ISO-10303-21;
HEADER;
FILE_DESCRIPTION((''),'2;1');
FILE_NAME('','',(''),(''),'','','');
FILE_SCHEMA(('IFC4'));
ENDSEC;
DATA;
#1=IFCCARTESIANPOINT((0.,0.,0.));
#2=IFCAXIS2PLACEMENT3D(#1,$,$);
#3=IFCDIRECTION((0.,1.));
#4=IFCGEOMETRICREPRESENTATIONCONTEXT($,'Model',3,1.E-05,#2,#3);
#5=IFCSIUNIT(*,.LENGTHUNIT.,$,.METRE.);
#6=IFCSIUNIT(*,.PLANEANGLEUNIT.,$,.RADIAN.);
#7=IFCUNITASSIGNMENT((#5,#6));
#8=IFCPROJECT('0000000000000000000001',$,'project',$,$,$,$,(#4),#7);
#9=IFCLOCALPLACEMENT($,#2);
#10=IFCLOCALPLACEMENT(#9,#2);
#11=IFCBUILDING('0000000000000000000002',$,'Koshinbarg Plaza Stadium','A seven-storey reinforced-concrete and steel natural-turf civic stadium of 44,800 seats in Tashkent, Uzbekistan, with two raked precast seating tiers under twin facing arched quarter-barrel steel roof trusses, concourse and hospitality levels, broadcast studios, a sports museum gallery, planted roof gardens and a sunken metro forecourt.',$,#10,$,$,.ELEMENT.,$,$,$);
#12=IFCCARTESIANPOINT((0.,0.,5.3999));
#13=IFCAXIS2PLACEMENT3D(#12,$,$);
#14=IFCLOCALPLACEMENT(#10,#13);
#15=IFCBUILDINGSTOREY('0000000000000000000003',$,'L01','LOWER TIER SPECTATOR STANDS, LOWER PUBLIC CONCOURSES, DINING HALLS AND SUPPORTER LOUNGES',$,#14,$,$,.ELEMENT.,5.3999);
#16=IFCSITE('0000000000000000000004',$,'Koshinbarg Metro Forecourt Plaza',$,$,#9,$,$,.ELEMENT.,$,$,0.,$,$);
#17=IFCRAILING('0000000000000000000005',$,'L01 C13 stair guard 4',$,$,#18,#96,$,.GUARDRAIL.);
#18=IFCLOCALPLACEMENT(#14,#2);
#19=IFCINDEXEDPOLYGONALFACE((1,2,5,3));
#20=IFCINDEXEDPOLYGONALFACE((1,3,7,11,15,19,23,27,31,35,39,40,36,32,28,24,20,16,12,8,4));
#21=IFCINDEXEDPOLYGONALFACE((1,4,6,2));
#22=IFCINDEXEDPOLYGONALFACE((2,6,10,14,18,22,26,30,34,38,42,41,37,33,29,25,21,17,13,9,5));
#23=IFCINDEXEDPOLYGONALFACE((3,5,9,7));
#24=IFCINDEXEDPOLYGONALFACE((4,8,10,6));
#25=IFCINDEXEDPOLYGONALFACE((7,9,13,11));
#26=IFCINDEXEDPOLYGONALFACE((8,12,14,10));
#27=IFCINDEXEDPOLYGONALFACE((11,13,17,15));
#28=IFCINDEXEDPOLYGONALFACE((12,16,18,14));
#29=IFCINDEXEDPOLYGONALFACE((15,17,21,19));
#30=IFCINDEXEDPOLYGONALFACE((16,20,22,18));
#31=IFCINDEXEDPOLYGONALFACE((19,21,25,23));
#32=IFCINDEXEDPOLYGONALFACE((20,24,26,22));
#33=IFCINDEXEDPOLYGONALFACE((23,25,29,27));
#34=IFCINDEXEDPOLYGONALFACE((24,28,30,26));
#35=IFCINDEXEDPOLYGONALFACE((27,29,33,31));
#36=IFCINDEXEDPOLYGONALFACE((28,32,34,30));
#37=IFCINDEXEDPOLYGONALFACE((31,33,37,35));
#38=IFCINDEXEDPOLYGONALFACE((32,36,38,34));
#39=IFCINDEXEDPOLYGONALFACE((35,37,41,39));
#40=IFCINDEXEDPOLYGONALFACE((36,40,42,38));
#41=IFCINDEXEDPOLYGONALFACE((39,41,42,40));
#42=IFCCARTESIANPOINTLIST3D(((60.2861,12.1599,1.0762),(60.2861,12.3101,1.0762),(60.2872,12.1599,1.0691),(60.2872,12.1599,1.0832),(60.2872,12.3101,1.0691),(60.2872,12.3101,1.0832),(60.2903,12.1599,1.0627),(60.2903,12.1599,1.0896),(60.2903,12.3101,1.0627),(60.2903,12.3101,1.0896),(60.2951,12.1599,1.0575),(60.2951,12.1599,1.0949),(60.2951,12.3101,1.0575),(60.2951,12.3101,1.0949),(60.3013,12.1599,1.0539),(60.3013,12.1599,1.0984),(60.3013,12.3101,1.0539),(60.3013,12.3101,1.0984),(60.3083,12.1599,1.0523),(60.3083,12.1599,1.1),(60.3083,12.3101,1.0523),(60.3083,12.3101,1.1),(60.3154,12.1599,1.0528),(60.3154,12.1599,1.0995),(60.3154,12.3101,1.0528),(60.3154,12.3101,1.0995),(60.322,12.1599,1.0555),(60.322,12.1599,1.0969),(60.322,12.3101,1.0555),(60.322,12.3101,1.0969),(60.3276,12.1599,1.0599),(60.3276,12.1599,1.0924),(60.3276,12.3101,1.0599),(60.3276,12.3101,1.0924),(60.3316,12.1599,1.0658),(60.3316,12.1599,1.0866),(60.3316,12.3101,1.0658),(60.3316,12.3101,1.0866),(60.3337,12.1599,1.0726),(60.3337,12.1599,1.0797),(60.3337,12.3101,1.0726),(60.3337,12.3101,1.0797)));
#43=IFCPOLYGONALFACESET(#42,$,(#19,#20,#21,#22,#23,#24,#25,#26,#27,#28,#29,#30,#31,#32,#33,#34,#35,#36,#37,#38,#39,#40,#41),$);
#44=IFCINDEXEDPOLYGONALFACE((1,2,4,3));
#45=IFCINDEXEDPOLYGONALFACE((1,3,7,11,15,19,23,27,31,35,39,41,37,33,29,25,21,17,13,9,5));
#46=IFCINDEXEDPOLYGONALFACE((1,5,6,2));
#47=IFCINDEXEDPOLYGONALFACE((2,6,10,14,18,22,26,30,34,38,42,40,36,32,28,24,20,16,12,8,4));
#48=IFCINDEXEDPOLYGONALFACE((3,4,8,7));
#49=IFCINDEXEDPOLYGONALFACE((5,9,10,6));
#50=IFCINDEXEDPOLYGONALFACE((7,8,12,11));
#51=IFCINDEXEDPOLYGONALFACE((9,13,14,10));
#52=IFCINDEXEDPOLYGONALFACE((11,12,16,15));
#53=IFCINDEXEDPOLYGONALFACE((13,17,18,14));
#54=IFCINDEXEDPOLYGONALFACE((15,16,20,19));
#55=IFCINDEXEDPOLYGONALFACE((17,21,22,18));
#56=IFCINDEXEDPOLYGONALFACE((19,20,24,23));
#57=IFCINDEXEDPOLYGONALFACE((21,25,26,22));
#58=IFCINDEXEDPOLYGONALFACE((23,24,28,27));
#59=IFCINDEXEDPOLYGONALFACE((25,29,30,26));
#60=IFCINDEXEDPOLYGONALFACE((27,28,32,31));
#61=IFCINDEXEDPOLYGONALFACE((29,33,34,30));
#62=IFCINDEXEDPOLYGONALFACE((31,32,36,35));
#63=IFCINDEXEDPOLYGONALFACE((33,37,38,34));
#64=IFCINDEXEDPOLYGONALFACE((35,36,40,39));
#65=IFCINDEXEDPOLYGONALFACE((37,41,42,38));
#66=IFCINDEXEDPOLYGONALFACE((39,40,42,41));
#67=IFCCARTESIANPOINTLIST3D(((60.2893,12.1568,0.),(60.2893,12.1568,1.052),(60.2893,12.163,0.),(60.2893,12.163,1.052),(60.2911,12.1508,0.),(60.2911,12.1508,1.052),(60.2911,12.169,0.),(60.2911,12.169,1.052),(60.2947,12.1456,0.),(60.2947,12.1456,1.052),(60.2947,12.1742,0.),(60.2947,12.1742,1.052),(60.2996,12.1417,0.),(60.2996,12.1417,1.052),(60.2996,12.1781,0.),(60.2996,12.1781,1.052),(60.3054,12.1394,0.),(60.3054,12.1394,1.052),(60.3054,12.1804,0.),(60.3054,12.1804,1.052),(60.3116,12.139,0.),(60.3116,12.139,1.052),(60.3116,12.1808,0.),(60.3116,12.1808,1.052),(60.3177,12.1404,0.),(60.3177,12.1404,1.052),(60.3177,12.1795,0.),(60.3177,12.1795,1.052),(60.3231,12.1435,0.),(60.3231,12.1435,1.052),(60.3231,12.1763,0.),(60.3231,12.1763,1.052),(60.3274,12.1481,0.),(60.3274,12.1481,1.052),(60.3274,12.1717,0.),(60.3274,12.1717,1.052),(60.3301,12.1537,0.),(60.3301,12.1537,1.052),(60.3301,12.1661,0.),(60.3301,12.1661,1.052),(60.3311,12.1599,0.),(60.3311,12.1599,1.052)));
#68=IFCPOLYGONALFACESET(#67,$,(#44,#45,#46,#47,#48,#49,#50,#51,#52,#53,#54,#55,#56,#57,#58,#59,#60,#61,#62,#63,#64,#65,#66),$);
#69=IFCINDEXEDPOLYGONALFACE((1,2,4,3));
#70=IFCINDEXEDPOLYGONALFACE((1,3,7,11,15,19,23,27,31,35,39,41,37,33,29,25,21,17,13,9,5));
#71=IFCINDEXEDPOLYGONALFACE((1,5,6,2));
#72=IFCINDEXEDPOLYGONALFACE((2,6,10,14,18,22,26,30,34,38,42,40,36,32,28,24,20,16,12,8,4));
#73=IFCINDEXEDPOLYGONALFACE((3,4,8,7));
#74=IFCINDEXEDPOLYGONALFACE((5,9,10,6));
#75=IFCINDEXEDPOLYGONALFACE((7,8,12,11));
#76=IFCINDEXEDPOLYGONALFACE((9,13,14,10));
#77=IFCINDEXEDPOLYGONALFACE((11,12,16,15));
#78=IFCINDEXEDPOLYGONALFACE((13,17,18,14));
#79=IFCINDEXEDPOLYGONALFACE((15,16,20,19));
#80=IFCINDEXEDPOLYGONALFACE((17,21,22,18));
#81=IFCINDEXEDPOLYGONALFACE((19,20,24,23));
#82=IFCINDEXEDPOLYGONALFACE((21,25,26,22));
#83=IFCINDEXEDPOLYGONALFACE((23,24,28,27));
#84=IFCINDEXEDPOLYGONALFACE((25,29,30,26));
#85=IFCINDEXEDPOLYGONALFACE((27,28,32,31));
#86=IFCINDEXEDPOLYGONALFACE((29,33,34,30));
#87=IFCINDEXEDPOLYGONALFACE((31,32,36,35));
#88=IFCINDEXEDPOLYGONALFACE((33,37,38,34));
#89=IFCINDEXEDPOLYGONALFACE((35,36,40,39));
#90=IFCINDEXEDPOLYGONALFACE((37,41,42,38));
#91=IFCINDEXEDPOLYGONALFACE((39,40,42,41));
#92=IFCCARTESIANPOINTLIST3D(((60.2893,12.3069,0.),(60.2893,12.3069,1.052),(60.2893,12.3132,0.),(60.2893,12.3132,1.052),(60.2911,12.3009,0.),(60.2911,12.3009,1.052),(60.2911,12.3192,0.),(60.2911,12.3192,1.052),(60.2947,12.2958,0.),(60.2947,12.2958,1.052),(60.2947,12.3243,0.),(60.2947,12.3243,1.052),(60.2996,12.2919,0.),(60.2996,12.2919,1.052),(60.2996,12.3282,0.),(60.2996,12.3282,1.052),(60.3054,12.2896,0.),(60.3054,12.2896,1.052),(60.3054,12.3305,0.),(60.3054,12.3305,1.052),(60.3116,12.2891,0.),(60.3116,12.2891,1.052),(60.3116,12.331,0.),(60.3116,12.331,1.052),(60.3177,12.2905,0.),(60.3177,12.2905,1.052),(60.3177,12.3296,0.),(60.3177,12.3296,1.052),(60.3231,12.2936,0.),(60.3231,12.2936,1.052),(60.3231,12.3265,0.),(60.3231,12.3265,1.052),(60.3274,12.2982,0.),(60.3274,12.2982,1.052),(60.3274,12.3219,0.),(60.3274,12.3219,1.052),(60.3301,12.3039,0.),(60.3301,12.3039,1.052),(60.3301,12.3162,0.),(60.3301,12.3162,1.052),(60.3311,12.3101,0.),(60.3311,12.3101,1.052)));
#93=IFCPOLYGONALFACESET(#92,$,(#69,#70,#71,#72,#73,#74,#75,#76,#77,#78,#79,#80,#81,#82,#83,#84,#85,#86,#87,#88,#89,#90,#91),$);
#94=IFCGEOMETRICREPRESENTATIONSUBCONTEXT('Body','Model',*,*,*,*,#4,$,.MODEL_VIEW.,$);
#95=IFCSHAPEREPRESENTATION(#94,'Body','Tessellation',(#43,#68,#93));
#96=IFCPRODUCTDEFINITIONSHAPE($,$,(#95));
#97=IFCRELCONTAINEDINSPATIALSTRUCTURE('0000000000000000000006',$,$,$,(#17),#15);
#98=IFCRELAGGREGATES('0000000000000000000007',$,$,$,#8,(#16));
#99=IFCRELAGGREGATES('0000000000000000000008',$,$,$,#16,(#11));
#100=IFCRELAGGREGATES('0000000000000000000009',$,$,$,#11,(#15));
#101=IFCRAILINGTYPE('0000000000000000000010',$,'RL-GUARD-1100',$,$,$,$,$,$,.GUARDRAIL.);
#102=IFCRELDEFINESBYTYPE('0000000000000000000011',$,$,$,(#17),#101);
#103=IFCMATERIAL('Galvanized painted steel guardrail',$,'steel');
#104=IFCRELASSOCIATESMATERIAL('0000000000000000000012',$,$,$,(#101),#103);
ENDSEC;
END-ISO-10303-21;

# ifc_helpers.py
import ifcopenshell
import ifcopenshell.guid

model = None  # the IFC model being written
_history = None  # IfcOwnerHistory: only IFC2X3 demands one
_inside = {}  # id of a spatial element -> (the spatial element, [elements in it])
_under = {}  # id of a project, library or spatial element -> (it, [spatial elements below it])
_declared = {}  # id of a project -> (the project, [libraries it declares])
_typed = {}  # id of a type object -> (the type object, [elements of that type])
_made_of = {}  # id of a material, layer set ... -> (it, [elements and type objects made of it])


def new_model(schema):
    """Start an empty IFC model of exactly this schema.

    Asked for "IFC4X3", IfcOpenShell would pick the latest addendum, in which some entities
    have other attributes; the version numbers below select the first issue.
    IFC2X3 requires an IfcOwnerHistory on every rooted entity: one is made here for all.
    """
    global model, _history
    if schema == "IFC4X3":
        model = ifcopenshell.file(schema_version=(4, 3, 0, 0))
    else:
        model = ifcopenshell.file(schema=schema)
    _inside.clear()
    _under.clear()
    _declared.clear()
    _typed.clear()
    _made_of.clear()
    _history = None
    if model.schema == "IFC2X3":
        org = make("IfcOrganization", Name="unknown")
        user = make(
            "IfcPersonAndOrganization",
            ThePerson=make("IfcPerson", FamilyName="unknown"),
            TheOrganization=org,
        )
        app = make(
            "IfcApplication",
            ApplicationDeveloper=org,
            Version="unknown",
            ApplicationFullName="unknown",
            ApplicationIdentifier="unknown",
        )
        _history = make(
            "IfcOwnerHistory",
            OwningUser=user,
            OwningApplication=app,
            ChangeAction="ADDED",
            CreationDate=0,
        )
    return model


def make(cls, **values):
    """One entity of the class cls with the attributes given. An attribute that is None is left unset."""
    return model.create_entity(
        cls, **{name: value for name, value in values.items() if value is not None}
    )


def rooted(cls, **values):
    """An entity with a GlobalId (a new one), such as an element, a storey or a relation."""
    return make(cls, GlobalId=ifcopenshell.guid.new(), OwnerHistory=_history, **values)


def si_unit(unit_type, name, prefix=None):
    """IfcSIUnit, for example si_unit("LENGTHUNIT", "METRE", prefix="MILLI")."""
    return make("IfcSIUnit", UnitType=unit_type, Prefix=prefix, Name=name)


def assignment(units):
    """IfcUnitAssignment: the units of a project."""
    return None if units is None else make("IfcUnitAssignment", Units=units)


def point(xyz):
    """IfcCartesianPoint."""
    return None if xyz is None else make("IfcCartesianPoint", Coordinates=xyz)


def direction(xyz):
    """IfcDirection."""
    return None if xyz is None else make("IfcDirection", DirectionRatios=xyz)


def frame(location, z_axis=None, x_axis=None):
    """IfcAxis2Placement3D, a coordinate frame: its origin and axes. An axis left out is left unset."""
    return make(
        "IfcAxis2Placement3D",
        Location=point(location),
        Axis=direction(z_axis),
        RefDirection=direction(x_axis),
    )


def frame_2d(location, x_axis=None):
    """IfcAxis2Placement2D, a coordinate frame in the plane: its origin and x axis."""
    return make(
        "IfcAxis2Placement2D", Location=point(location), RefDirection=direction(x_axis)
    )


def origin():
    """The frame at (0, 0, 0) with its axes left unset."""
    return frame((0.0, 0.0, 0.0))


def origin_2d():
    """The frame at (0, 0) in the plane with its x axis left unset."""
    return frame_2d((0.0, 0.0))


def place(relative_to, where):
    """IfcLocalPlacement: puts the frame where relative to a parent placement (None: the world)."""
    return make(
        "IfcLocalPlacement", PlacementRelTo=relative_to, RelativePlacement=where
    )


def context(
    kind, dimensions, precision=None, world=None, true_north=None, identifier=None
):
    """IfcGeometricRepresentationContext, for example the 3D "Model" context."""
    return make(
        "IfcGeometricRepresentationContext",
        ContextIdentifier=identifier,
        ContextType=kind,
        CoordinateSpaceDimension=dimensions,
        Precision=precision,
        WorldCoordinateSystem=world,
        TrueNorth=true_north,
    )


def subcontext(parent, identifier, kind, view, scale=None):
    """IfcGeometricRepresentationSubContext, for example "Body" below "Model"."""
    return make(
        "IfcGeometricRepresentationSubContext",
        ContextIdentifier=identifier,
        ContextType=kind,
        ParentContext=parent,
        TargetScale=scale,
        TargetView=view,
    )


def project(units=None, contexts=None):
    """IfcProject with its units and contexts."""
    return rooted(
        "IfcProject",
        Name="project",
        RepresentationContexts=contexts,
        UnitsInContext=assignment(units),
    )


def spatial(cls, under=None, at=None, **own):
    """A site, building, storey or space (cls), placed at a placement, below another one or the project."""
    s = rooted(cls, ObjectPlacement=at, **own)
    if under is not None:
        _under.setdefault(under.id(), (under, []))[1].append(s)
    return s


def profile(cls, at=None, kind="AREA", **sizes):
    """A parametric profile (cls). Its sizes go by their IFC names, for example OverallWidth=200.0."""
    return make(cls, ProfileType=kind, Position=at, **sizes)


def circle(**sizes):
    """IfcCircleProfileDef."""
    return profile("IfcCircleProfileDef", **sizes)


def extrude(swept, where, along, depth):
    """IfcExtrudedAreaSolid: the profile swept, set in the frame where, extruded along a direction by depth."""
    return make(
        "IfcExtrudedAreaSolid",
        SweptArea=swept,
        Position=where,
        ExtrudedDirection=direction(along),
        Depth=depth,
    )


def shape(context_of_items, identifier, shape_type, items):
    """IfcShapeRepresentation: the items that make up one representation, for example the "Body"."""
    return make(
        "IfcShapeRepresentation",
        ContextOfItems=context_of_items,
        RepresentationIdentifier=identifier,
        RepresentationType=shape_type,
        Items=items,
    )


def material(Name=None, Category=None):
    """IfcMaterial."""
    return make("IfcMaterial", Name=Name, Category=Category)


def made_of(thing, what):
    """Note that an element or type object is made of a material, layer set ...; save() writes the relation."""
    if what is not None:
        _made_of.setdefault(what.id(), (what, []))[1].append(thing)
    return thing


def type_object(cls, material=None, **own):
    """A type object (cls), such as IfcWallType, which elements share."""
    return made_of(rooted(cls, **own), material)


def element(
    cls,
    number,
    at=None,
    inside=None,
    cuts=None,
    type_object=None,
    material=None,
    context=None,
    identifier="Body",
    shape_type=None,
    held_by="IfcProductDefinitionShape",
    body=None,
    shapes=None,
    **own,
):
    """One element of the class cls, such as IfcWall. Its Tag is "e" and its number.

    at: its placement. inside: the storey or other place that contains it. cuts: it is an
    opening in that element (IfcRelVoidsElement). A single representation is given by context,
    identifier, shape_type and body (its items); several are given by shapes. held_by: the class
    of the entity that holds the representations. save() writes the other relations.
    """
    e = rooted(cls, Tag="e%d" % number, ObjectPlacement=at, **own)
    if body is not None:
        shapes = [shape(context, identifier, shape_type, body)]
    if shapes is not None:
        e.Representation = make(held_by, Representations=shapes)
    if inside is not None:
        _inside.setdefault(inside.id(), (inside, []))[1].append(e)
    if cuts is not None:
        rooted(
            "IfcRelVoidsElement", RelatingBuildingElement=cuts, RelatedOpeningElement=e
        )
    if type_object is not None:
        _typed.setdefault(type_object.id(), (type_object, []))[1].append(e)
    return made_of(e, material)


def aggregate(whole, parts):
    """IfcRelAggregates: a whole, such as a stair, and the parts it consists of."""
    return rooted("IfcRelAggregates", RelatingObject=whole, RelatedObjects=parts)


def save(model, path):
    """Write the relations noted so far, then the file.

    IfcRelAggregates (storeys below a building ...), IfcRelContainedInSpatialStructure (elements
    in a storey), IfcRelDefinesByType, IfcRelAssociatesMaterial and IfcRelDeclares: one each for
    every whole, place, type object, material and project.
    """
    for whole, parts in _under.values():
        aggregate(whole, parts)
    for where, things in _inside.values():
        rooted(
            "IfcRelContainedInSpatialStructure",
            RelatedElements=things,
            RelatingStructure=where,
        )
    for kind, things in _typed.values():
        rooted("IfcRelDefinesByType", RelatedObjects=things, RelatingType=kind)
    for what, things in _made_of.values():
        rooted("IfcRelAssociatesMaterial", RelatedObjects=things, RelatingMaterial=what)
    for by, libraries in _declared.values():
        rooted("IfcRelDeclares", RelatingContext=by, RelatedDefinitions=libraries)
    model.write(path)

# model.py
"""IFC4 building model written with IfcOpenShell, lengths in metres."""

from ifc_helpers import new_model, si_unit, direction, frame, origin, origin_2d, place, context, subcontext, project, spatial, circle, extrude, material, type_object, element, save


model = new_model("IFC4")

# Units and contexts
model_context = context("Model", 3, precision=1e-05, world=origin(), true_north=direction((0.0, 1.0)))
body_context = subcontext(model_context, "Body", "Model", "MODEL_VIEW")
ifc_project = project(units=[si_unit("LENGTHUNIT", "METRE"), si_unit("PLANEANGLEUNIT", "RADIAN")], contexts=[model_context])

# Site, building, storey
site_placement = place(None, origin())
site = spatial("IfcSite", under=ifc_project, at=site_placement, Name="Koshinbarg Metro Forecourt Plaza", CompositionType="ELEMENT", RefElevation=0.0)
building_placement = place(site_placement, origin())
building = spatial("IfcBuilding", under=site, at=building_placement, Name="Koshinbarg Plaza Stadium", Description="A seven-storey reinforced-concrete and steel natural-turf civic stadium of 44,800 seats in Tashkent, Uzbekistan, with two raked precast seating tiers under twin facing arched quarter-barrel steel roof trusses, concourse and hospitality levels, broadcast studios, a sports museum gallery, planted roof gardens and a sunken metro forecourt.", CompositionType="ELEMENT")
storey_placement = place(building_placement, frame((0.0, 0.0, 5.3999)))
storey = spatial("IfcBuildingStorey", under=building, at=storey_placement, Name="L01", Description="LOWER TIER SPECTATOR STANDS, LOWER PUBLIC CONCOURSES, DINING HALLS AND SUPPORTER LOUNGES", CompositionType="ELEMENT", Elevation=5.3999)

# Railing
ifc_material_1 = material(Name="Galvanized painted steel guardrail", Category="steel")
railing_type_1 = type_object("IfcRailingType", Name="RL-GUARD-1100", PredefinedType="GUARDRAIL", material=ifc_material_1)
railing_1_placement = place(storey_placement, frame((60.3101, 12.1599, 0.0)))
element("IfcRailing", 1, at=railing_1_placement, inside=storey, type_object=railing_type_1, Name="L01 C13 stair guard 4", PredefinedType="GUARDRAIL", context=body_context, shape_type="SweptSolid", body=[
    extrude(circle(Radius=0.0239, at=origin_2d()), frame((0.0, 0.0, 1.0762), z_axis=(0.0, 1.0, 0.0), x_axis=(-1.0, 0.0, 0.0)), (0.0, 0.0, 1.0), 0.1501),
    extrude(circle(Radius=0.021, at=origin_2d()), origin(), (0.0, 0.0, 1.0), 1.052),
    extrude(circle(Radius=0.021, at=origin_2d()), frame((0.0, 0.1501, 0.0)), (0.0, 0.0, 1.0), 1.052),
])

save(model, "model.ifc")
